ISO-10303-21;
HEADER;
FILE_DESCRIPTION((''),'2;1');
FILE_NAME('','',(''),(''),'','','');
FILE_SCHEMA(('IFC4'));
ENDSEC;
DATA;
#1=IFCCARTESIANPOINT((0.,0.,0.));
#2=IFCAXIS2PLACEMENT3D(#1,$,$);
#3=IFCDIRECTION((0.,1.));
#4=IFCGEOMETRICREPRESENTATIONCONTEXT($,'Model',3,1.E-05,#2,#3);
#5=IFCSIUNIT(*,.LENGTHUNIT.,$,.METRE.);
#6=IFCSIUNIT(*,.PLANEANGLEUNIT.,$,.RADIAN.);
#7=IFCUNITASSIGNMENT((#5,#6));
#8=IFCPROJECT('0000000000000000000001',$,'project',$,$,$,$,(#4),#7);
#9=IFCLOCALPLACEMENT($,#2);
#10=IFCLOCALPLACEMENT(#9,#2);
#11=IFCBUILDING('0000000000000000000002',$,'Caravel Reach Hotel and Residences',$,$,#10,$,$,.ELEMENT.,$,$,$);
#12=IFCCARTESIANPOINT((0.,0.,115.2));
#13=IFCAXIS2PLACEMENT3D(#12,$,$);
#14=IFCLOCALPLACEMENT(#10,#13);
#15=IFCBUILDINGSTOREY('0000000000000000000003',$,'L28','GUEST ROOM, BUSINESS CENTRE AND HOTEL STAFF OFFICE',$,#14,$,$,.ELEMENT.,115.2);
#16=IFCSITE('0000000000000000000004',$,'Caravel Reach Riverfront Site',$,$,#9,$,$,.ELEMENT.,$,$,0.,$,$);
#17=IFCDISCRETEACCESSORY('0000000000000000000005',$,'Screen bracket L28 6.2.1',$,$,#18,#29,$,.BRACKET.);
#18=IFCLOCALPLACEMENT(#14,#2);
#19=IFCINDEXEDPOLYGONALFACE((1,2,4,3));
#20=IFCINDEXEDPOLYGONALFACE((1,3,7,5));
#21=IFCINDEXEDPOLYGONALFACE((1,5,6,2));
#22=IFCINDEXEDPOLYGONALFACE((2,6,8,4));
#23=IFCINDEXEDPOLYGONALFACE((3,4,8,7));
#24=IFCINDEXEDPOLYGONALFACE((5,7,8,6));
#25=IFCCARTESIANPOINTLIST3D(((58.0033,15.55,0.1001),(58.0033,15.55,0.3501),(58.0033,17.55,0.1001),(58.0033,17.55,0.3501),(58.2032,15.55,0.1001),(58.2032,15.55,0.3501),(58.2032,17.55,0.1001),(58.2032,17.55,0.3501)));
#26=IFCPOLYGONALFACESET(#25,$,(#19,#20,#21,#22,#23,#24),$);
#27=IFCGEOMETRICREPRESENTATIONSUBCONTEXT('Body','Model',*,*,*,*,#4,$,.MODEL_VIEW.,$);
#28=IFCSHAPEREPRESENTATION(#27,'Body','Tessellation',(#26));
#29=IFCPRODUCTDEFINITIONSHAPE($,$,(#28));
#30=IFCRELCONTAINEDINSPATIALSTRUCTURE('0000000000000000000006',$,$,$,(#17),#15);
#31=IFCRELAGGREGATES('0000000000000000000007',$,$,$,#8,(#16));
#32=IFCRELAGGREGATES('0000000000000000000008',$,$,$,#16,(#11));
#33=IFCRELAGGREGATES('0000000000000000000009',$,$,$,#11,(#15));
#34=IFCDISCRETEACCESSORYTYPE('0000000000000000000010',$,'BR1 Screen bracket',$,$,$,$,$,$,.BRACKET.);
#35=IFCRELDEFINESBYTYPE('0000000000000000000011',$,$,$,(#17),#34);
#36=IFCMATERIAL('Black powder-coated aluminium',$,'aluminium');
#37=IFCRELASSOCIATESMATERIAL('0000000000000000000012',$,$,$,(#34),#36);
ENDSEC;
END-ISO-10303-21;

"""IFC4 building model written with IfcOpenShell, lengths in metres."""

from ifc_helpers import new_model, si_unit, direction, frame, origin, origin_2d, place, context, subcontext, project, spatial, rectangle, extrude, material, type_object, element, save


model = new_model("IFC4")

# Units and contexts
model_context = context("Model", 3, precision=1e-05, world=origin(), true_north=direction((0.0, 1.0)))
body_context = subcontext(model_context, "Body", "Model", "MODEL_VIEW")
ifc_project = project(units=[si_unit("LENGTHUNIT", "METRE"), si_unit("PLANEANGLEUNIT", "RADIAN")], contexts=[model_context])

# Site, building, storey
site_placement = place(None, origin())
site = spatial("IfcSite", under=ifc_project, at=site_placement, Name="Caravel Reach Riverfront Site", CompositionType="ELEMENT", RefElevation=0.0)
building_placement = place(site_placement, origin())
building = spatial("IfcBuilding", under=site, at=building_placement, Name="Caravel Reach Hotel and Residences", CompositionType="ELEMENT")
storey_placement = place(building_placement, frame((0.0, 0.0, 115.2)))
storey = spatial("IfcBuildingStorey", under=building, at=storey_placement, Name="L28", Description="GUEST ROOM, BUSINESS CENTRE AND HOTEL STAFF OFFICE", CompositionType="ELEMENT", Elevation=115.2)

# Discrete accessory
ifc_material_1 = material(Name="Black powder-coated aluminium", Category="aluminium")
discrete_accessory_type = type_object("IfcDiscreteAccessoryType", Name="BR1 Screen bracket", PredefinedType="BRACKET", material=ifc_material_1)
for number, where, z_axis, x_axis, name in (
    (1, (58.1033, 16.55, 0.1001), (0.0, 0.0, 1.0), (0.0, -1.0, 0.0), "Screen bracket L28 6.2.1"),
):
    element("IfcDiscreteAccessory", number, at=place(storey_placement, frame(where, z_axis=z_axis, x_axis=x_axis)), inside=storey, type_object=discrete_accessory_type, Name=name, PredefinedType="BRACKET", context=body_context, shape_type="SweptSolid", body=[
        extrude(rectangle(XDim=2.0, YDim=0.2, at=origin_2d()), origin(), (0.0, 0.0, 1.0), 0.25),
    ])

save(model, "model.ifc")
